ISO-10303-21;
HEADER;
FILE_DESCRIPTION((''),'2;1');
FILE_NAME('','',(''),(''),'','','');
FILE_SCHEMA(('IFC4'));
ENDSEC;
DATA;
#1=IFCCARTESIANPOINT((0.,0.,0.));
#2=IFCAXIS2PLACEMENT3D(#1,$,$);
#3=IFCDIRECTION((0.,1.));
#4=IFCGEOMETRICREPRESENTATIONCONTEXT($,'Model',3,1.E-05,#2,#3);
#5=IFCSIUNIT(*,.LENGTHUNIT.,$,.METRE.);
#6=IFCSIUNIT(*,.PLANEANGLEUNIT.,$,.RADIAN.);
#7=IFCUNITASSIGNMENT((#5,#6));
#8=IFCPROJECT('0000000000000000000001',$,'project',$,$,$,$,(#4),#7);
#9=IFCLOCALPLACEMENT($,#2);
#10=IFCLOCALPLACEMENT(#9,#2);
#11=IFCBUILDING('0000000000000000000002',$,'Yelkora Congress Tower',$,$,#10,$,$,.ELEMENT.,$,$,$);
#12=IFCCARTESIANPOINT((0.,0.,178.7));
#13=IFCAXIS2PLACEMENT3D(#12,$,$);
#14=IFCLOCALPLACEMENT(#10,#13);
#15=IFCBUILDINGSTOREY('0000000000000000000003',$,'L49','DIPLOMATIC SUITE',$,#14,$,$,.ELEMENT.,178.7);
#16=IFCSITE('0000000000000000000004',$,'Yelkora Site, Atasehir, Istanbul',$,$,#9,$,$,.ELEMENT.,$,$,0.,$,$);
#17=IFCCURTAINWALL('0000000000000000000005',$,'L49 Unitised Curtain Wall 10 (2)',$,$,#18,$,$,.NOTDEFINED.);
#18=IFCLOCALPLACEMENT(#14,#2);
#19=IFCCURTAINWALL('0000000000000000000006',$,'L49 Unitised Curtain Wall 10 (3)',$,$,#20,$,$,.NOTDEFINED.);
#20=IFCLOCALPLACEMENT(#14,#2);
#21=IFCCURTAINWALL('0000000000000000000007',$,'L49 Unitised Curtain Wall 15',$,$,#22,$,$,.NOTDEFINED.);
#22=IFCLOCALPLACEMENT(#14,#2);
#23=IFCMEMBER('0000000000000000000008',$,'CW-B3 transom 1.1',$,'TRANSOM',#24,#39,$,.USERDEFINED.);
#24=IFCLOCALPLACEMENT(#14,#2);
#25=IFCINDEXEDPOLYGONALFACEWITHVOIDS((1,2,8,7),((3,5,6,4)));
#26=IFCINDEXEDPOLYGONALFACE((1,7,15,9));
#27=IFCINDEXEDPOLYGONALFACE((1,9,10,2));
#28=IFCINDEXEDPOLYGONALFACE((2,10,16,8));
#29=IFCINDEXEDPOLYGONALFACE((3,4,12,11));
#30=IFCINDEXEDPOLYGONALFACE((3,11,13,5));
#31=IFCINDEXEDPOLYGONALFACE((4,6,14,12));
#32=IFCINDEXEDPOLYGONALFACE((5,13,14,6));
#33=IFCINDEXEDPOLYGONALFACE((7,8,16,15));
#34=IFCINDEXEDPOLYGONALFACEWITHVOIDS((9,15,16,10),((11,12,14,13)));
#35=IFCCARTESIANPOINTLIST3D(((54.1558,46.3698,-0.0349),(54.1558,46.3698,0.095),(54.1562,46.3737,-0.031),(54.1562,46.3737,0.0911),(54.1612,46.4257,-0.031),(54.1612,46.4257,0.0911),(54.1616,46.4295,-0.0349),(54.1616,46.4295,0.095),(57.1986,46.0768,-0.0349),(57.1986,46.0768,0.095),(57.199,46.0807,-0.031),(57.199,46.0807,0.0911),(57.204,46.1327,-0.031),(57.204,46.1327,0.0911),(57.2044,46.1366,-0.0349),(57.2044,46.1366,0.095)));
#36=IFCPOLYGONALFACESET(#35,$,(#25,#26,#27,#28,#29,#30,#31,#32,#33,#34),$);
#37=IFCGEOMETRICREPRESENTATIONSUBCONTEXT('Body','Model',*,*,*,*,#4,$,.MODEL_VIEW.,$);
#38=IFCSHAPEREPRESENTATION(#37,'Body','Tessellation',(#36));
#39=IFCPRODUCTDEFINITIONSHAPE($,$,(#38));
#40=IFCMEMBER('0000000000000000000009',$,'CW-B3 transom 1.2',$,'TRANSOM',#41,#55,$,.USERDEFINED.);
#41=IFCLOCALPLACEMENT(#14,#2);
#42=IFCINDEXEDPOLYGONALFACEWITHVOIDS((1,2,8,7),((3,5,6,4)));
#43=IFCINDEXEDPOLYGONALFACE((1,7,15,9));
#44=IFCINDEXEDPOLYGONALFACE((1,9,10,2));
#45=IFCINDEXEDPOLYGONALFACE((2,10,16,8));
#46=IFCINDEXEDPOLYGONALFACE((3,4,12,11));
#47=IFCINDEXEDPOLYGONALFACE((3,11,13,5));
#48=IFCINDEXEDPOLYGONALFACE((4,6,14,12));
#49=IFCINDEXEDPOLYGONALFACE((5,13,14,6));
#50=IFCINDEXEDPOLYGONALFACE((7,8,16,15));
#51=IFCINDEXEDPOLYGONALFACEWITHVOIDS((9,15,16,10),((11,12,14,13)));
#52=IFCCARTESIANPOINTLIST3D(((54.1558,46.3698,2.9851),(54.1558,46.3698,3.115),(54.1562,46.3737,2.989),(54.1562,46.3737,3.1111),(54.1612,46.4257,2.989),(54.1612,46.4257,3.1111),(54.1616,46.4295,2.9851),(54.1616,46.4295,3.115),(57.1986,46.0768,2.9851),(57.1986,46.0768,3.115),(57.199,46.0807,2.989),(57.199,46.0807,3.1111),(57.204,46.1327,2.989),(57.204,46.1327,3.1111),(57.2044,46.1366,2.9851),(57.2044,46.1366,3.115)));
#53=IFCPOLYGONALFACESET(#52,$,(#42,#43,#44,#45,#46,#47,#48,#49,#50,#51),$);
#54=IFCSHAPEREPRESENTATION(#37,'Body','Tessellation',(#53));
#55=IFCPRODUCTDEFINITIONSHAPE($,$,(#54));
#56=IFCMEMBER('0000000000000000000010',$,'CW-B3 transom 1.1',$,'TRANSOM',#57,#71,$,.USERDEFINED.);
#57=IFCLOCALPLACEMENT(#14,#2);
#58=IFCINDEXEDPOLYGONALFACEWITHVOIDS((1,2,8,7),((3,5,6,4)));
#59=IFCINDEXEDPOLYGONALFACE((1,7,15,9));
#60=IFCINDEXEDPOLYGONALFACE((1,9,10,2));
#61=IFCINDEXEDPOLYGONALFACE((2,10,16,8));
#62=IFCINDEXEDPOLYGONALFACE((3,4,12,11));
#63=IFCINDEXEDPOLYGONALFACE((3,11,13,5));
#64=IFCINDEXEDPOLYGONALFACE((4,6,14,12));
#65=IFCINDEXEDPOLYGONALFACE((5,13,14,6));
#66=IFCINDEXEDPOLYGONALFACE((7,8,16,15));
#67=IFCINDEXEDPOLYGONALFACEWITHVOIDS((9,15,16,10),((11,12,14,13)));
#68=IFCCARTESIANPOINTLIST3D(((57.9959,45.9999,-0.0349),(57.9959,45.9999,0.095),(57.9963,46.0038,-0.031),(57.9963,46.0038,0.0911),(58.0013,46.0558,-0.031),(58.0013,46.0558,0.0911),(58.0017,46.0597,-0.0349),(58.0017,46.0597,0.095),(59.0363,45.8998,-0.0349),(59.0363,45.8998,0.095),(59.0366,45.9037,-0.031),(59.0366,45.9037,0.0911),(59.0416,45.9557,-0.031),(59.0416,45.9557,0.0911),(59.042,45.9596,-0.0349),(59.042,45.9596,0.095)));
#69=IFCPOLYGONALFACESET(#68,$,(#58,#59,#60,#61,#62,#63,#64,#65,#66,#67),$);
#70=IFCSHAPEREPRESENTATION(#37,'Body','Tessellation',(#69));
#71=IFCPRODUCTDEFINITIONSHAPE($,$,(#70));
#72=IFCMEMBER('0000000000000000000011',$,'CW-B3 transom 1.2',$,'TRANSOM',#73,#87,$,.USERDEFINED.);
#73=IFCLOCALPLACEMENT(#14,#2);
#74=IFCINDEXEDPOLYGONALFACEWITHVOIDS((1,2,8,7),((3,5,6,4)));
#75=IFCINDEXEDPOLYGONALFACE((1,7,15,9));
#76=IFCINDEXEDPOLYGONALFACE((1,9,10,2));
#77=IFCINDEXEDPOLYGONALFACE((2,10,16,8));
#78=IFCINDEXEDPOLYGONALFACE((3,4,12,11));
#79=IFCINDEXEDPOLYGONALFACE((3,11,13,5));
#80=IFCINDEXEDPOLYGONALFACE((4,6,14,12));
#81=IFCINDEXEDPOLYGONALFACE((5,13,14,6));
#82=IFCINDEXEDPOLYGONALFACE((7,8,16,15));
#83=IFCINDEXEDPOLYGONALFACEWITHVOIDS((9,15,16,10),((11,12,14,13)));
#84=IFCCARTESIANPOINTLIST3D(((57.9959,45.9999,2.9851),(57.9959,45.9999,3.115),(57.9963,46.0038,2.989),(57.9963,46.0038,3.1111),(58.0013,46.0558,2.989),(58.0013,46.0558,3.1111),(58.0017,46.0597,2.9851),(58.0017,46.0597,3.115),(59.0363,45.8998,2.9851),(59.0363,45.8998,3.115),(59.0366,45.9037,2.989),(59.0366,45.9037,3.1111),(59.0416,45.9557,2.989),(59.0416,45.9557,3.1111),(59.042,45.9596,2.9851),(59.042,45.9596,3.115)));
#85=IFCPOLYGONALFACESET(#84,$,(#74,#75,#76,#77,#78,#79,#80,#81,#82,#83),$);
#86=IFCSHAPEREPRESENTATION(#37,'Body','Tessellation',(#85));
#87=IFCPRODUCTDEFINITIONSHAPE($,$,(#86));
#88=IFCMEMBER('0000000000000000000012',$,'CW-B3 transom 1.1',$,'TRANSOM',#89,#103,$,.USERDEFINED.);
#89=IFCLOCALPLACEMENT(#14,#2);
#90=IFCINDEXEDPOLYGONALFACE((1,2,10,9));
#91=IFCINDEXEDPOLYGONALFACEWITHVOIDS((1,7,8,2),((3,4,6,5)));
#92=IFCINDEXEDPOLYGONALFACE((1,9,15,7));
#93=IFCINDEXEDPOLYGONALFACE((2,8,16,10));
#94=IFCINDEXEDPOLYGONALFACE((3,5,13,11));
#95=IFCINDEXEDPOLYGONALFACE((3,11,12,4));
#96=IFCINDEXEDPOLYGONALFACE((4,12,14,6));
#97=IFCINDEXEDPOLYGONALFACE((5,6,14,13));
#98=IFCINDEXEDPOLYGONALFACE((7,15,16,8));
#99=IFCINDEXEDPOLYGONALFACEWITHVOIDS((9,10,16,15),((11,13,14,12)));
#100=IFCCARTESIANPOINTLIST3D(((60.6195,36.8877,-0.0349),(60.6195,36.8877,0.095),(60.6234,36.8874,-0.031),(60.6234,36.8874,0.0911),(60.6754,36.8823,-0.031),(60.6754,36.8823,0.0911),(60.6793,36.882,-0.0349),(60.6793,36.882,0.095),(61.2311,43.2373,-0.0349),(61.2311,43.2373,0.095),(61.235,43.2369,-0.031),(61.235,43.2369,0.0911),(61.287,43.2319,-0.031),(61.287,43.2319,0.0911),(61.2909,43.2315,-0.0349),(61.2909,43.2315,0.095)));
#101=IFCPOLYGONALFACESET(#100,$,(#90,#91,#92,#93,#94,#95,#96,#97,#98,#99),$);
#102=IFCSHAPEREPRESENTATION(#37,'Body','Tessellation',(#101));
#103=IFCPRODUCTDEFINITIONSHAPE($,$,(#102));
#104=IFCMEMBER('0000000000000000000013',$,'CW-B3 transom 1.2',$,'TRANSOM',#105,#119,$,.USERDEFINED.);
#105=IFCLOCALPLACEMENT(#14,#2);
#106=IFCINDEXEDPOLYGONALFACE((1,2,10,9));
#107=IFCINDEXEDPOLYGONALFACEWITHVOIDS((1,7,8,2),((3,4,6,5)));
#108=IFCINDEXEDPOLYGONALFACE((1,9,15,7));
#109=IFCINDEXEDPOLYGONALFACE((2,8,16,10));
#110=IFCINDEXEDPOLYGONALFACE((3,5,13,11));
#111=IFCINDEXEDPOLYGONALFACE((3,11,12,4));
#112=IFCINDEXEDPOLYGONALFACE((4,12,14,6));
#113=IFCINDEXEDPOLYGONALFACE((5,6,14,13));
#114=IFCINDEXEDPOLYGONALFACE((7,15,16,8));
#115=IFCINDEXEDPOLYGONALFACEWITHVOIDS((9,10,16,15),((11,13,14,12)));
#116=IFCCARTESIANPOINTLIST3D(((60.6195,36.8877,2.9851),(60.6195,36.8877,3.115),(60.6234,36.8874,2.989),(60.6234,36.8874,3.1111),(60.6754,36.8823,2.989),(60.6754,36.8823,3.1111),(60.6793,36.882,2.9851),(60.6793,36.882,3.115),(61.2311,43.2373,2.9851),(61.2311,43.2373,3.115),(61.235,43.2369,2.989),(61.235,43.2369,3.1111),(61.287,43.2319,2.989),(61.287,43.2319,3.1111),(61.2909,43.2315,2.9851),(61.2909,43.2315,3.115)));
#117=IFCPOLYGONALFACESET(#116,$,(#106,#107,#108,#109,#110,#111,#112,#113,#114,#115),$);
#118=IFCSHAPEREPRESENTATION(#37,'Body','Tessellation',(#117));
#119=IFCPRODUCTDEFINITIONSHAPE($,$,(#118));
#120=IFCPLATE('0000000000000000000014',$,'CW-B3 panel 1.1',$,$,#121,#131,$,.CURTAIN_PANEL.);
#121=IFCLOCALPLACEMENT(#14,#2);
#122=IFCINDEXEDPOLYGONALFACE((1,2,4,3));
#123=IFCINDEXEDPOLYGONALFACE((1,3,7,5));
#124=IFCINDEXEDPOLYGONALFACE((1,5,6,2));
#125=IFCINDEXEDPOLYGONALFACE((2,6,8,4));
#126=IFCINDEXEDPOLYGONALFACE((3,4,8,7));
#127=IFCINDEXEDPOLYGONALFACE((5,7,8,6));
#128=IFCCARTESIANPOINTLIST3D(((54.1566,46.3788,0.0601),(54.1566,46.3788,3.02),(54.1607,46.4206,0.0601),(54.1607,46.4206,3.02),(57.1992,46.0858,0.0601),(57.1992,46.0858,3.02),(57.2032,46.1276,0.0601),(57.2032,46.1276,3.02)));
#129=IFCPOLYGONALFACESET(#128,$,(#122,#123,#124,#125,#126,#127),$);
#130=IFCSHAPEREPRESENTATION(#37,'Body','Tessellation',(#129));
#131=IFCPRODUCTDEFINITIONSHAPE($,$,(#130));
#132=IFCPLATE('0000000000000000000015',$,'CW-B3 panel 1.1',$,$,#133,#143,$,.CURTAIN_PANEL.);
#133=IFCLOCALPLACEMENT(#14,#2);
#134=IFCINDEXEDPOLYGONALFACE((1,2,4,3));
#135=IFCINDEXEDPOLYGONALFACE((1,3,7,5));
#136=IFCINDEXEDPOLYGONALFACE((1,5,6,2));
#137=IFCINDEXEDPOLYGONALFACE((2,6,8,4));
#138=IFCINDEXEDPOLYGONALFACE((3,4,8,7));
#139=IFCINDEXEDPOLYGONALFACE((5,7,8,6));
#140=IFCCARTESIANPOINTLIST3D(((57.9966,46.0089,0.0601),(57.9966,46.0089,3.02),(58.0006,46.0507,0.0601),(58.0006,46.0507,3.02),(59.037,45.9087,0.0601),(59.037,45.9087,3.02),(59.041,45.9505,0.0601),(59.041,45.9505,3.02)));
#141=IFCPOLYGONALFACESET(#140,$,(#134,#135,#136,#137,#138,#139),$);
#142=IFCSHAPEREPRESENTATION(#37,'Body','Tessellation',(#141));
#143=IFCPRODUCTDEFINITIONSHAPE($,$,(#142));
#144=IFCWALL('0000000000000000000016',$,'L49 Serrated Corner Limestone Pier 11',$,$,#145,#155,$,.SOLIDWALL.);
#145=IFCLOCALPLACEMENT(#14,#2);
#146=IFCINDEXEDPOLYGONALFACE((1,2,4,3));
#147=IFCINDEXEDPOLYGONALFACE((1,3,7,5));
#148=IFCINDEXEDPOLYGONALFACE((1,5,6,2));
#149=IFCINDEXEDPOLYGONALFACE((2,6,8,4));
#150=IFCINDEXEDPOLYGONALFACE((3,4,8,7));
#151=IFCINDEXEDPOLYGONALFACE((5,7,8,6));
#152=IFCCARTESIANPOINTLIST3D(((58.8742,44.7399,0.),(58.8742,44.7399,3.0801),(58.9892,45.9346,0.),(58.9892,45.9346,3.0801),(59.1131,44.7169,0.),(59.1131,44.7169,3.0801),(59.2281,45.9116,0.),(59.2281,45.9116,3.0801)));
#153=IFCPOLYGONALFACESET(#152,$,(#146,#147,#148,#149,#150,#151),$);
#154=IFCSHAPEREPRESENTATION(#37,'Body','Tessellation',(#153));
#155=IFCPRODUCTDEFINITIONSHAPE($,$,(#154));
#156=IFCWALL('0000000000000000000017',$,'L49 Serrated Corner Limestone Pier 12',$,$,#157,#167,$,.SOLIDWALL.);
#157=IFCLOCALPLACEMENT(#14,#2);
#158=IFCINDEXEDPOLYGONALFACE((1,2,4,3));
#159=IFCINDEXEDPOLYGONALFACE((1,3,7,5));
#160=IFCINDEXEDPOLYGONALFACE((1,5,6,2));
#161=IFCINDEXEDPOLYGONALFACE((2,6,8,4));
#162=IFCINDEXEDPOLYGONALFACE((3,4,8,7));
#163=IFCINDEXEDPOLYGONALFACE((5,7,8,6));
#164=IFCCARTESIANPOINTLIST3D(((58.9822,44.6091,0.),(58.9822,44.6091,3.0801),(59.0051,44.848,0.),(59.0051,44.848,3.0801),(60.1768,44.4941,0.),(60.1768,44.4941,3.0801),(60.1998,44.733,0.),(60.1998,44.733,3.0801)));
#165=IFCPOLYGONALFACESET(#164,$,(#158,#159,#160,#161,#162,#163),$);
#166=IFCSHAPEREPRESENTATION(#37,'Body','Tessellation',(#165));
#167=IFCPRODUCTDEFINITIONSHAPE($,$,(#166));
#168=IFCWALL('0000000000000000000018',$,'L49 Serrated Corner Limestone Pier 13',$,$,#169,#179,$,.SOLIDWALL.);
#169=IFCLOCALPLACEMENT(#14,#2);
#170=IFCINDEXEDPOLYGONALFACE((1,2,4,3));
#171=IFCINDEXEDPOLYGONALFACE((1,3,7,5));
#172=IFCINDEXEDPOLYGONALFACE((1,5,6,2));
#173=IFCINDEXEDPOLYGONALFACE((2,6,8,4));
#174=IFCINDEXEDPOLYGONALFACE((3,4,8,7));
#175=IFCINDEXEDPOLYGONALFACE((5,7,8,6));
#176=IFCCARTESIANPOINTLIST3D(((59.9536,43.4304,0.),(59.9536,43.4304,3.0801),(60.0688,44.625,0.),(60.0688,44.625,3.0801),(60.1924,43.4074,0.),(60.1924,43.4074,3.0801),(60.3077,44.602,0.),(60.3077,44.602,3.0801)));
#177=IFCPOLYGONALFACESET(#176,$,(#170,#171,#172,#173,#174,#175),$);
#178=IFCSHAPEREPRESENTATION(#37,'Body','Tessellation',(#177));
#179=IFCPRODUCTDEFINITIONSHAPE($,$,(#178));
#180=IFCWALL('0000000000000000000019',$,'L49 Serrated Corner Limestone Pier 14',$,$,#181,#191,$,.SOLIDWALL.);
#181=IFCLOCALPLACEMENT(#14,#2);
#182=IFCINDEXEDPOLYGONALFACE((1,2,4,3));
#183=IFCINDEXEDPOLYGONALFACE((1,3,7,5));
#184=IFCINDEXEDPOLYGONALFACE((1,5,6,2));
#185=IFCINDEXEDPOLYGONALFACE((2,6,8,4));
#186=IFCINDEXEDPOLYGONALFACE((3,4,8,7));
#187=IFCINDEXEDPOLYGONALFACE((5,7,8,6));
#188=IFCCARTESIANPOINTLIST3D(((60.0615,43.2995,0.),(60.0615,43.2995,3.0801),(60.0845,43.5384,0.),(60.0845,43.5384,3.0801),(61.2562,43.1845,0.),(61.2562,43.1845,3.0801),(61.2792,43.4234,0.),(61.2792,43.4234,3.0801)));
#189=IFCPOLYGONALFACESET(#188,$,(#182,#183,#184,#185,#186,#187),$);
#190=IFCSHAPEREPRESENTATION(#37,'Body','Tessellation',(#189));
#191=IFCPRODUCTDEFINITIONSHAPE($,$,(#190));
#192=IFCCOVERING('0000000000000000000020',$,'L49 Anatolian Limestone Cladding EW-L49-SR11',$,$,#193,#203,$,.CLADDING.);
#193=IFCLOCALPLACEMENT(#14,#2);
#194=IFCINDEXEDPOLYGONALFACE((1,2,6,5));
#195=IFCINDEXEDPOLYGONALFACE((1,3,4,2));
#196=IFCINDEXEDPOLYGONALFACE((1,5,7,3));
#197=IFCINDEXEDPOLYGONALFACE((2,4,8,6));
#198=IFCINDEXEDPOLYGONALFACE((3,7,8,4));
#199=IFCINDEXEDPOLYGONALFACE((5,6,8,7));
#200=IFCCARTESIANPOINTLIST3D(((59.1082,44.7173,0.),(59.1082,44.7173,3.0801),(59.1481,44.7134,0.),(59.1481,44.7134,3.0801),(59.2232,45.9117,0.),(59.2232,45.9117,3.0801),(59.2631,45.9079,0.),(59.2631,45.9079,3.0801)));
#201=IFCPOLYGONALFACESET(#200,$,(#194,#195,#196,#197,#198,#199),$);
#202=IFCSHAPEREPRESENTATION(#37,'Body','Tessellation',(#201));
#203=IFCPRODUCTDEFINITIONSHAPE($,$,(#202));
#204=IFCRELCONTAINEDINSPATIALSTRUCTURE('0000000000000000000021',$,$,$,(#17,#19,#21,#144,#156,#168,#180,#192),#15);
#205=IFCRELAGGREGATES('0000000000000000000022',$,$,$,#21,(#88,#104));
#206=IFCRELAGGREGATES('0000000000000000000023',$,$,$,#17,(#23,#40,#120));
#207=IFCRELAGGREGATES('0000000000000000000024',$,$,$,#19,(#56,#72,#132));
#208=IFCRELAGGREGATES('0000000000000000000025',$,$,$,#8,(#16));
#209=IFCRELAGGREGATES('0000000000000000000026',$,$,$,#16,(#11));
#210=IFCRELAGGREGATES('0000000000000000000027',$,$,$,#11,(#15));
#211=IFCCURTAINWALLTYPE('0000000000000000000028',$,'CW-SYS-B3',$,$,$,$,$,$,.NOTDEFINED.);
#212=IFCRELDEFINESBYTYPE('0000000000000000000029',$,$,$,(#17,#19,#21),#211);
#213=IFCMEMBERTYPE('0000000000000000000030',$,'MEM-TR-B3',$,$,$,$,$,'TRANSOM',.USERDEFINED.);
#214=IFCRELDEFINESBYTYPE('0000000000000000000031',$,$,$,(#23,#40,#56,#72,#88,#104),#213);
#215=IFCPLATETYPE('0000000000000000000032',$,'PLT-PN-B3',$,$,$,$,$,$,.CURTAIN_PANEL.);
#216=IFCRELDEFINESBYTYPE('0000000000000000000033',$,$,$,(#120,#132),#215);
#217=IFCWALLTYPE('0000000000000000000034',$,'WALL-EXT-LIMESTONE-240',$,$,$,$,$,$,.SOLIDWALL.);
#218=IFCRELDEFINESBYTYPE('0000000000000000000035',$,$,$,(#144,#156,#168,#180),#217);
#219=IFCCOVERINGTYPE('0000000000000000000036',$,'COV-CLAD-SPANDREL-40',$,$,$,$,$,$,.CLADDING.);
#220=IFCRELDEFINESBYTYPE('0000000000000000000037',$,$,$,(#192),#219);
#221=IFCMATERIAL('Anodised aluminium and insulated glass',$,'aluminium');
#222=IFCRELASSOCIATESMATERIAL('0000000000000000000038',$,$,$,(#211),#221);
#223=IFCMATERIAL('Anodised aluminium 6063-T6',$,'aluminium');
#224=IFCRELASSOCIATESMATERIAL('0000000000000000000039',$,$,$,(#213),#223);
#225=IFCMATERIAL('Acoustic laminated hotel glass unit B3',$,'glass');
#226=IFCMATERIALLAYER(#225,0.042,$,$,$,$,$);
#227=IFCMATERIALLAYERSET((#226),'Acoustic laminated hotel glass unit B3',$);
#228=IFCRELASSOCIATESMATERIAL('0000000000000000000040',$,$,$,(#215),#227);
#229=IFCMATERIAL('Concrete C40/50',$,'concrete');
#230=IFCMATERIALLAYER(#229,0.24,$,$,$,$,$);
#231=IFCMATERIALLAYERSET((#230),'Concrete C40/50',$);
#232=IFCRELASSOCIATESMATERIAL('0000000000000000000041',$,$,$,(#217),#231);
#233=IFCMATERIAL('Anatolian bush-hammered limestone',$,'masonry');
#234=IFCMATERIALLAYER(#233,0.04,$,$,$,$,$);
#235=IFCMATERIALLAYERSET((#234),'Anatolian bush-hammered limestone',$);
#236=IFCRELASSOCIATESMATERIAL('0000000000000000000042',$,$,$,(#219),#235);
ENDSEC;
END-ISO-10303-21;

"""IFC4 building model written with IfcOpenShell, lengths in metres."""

from ifc_helpers import new_model, si_unit, direction, frame, frame_2d, origin, origin_2d, place, context, subcontext, project, spatial, rectangle, hollow_rectangle, extrude, material, layer, layer_set, material_profile, profile_set, type_object, element, aggregate, save


model = new_model("IFC4")

# Units and contexts
model_context = context("Model", 3, precision=1e-05, world=origin(), true_north=direction((0.0, 1.0)))
body_context = subcontext(model_context, "Body", "Model", "MODEL_VIEW")
ifc_project = project(units=[si_unit("LENGTHUNIT", "METRE"), si_unit("PLANEANGLEUNIT", "RADIAN")], contexts=[model_context])

# Site, building, storey
site_placement = place(None, origin())
site = spatial("IfcSite", under=ifc_project, at=site_placement, Name="Yelkora Site, Atasehir, Istanbul", CompositionType="ELEMENT", RefElevation=0.0)
building_placement = place(site_placement, origin())
building = spatial("IfcBuilding", under=site, at=building_placement, Name="Yelkora Congress Tower", CompositionType="ELEMENT")
storey_placement = place(building_placement, frame((0.0, 0.0, 178.7)))
storey = spatial("IfcBuildingStorey", under=building, at=storey_placement, Name="L49", Description="DIPLOMATIC SUITE", CompositionType="ELEMENT", Elevation=178.7)

# Shared definitions
ifc_material_1 = material(Name="Anodised aluminium and insulated glass", Category="aluminium")
curtain_wall_type = type_object("IfcCurtainWallType", Name="CW-SYS-B3", PredefinedType="NOTDEFINED", material=ifc_material_1)
ifc_material_2 = material(Name="Anodised aluminium 6063-T6", Category="aluminium")

# Curtain walls
curtain_wall_1_placement = place(storey_placement, origin())
curtain_wall_1 = element("IfcCurtainWall", 1, at=curtain_wall_1_placement, inside=storey, type_object=curtain_wall_type, Name="L49 Unitised Curtain Wall 10 (2)", PredefinedType="NOTDEFINED")
curtain_wall_2_placement = place(storey_placement, origin())
curtain_wall_2 = element("IfcCurtainWall", 2, at=curtain_wall_2_placement, inside=storey, type_object=curtain_wall_type, Name="L49 Unitised Curtain Wall 10 (3)", PredefinedType="NOTDEFINED")

# Curtain wall
curtain_wall_3_placement = place(storey_placement, origin())
curtain_wall_3 = element("IfcCurtainWall", 3, at=curtain_wall_3_placement, inside=storey, type_object=curtain_wall_type, Name="L49 Unitised Curtain Wall 15", PredefinedType="NOTDEFINED")

# Members
ifc_material_profile_1 = material_profile(ifc_material_2, hollow_rectangle(XDim=0.0601, YDim=0.1299, WallThickness=0.0039, at=origin_2d()), Name="ALU 60x130x4")
ifc_profile_set_1 = profile_set([ifc_material_profile_1], Name="Anodised aluminium 6063-T6")
member_type_1 = type_object("IfcMemberType", Name="MEM-TR-B3", ElementType="TRANSOM", PredefinedType="USERDEFINED", material=ifc_profile_set_1)
member_1_placement = place(storey_placement, frame((54.1587, 46.3997, 0.03), z_axis=(0.995397, -0.095842, 0.0), x_axis=(0.095842, 0.995397, 0.0)))
member_1 = element("IfcMember", 4, at=member_1_placement, type_object=member_type_1, Name="CW-B3 transom 1.1", ObjectType="TRANSOM", PredefinedType="USERDEFINED", context=body_context, shape_type="SweptSolid", body=[
    extrude(hollow_rectangle(XDim=0.0601, YDim=0.1299, WallThickness=0.0039, at=origin_2d()), origin(), (0.0, 0.0, 1.0), 3.0569),
])
member_2_placement = place(storey_placement, frame((54.1587, 46.3997, 3.05), z_axis=(0.995397, -0.095842, 0.0), x_axis=(0.095842, 0.995397, 0.0)))
member_2 = element("IfcMember", 5, at=member_2_placement, type_object=member_type_1, Name="CW-B3 transom 1.2", ObjectType="TRANSOM", PredefinedType="USERDEFINED", context=body_context, shape_type="SweptSolid", body=[
    extrude(hollow_rectangle(XDim=0.0601, YDim=0.1299, WallThickness=0.0039, at=origin_2d()), origin(), (0.0, 0.0, 1.0), 3.0569),
])
member_3_placement = place(storey_placement, frame((57.9988, 46.0298, 0.03), z_axis=(0.995403, -0.095779, 0.0), x_axis=(0.095779, 0.995403, 0.0)))
member_3 = element("IfcMember", 6, at=member_3_placement, type_object=member_type_1, Name="CW-B3 transom 1.1", ObjectType="TRANSOM", PredefinedType="USERDEFINED", context=body_context, shape_type="SweptSolid", body=[
    extrude(hollow_rectangle(XDim=0.0601, YDim=0.1299, WallThickness=0.0039, at=origin_2d()), origin(), (0.0, 0.0, 1.0), 1.0452),
])
member_4_placement = place(storey_placement, frame((57.9988, 46.0298, 3.05), z_axis=(0.995403, -0.095779, 0.0), x_axis=(0.095779, 0.995403, 0.0)))
member_4 = element("IfcMember", 7, at=member_4_placement, type_object=member_type_1, Name="CW-B3 transom 1.2", ObjectType="TRANSOM", PredefinedType="USERDEFINED", context=body_context, shape_type="SweptSolid", body=[
    extrude(hollow_rectangle(XDim=0.0601, YDim=0.1299, WallThickness=0.0039, at=origin_2d()), origin(), (0.0, 0.0, 1.0), 1.0452),
])
member_5_placement = place(storey_placement, frame((61.261, 43.2344, 0.03), z_axis=(-0.095873, -0.995394, 0.0), x_axis=(0.995394, -0.095873, 0.0)))
member_5 = element("IfcMember", 8, at=member_5_placement, type_object=member_type_1, Name="CW-B3 transom 1.1", ObjectType="TRANSOM", PredefinedType="USERDEFINED", context=body_context, shape_type="SweptSolid", body=[
    extrude(hollow_rectangle(XDim=0.0601, YDim=0.1299, WallThickness=0.0039, at=origin_2d()), origin(), (0.0, 0.0, 1.0), 6.3789),
])
member_6_placement = place(storey_placement, frame((61.261, 43.2344, 3.05), z_axis=(-0.095873, -0.995394, 0.0), x_axis=(0.995394, -0.095873, 0.0)))
member_6 = element("IfcMember", 9, at=member_6_placement, type_object=member_type_1, Name="CW-B3 transom 1.2", ObjectType="TRANSOM", PredefinedType="USERDEFINED", context=body_context, shape_type="SweptSolid", body=[
    extrude(hollow_rectangle(XDim=0.0601, YDim=0.1299, WallThickness=0.0039, at=origin_2d()), origin(), (0.0, 0.0, 1.0), 6.3789),
])
aggregate(curtain_wall_3, [member_5, member_6])

# Plates
ifc_material_3 = material(Name="Acoustic laminated hotel glass unit B3", Category="glass")
ifc_layer_1 = layer(ifc_material_3, 0.042)
ifc_layer_set_1 = layer_set([ifc_layer_1], Name="Acoustic laminated hotel glass unit B3")
plate_type = type_object("IfcPlateType", Name="PLT-PN-B3", PredefinedType="CURTAIN_PANEL", material=ifc_layer_set_1)
plate_1_placement = place(storey_placement, frame((55.6799, 46.2532, 0.0601), z_axis=(0.0, 0.0, 1.0), x_axis=(0.995396, -0.095848, 0.0)))
plate_1 = element("IfcPlate", 10, at=plate_1_placement, type_object=plate_type, Name="CW-B3 panel 1.1", PredefinedType="CURTAIN_PANEL", context=body_context, shape_type="SweptSolid", body=[
    extrude(rectangle(XDim=3.0566, YDim=0.042, at=origin_2d()), origin(), (0.0, 0.0, 1.0), 2.96),
])
aggregate(curtain_wall_1, [member_1, member_2, plate_1])
plate_2_placement = place(storey_placement, frame((58.5188, 45.9797, 0.0601), z_axis=(0.0, 0.0, 1.0), x_axis=(0.995396, -0.095852, 0.0)))
plate_2 = element("IfcPlate", 11, at=plate_2_placement, type_object=plate_type, Name="CW-B3 panel 1.1", PredefinedType="CURTAIN_PANEL", context=body_context, shape_type="SweptSolid", body=[
    extrude(rectangle(XDim=1.0452, YDim=0.042, at=origin_2d()), origin(), (0.0, 0.0, 1.0), 2.96),
])
aggregate(curtain_wall_2, [member_3, member_4, plate_2])

# Walls
ifc_material_4 = material(Name="Concrete C40/50", Category="concrete")
ifc_layer_2 = layer(ifc_material_4, 0.24)
ifc_layer_set_2 = layer_set([ifc_layer_2], Name="Concrete C40/50")
wall_type = type_object("IfcWallType", Name="WALL-EXT-LIMESTONE-240", PredefinedType="SOLIDWALL", material=ifc_layer_set_2)
for number, where, z_axis, x_axis, name in (
    (12, (59.1086, 45.9231, 0.0), (0.0, 0.0, 1.0), (-0.095817, -0.995399, 0.0), "L49 Serrated Corner Limestone Pier 11"),
    (13, (58.9937, 44.7285, 0.0), (0.0, 0.0, 1.0), (0.995399, -0.095817, 0.0), "L49 Serrated Corner Limestone Pier 12"),
    (14, (60.1882, 44.6135, 0.0), (0.0, 0.0, 1.0), (-0.096019, -0.99538, 0.0), "L49 Serrated Corner Limestone Pier 13"),
    (15, (60.073, 43.4189, 0.0), (0.0, 0.0, 1.0), (0.995399, -0.095817, 0.0), "L49 Serrated Corner Limestone Pier 14"),
):
    element("IfcWall", number, at=place(storey_placement, frame(where, z_axis=z_axis, x_axis=x_axis)), inside=storey, type_object=wall_type, Name=name, PredefinedType="SOLIDWALL", context=body_context, shape_type="SweptSolid", body=[
        extrude(rectangle(XDim=1.2002, YDim=0.24, at=frame_2d((0.6001, 0.0))), origin(), (0.0, 0.0, 1.0), 3.0801),
    ])

# Covering
ifc_material_5 = material(Name="Anatolian bush-hammered limestone", Category="masonry")
ifc_layer_3 = layer(ifc_material_5, 0.04)
ifc_layer_set_3 = layer_set([ifc_layer_3], Name="Anatolian bush-hammered limestone")
covering_type = type_object("IfcCoveringType", Name="COV-CLAD-SPANDREL-40", PredefinedType="CLADDING", material=ifc_layer_set_3)
covering_1_placement = place(storey_placement, frame((59.2432, 45.9099, 0.0), z_axis=(0.0, 0.0, 1.0), x_axis=(-0.095836, -0.995397, 0.0)))
element("IfcCovering", 16, at=covering_1_placement, inside=storey, type_object=covering_type, Name="L49 Anatolian Limestone Cladding EW-L49-SR11", PredefinedType="CLADDING", context=body_context, shape_type="SweptSolid", body=[
    extrude(rectangle(XDim=1.2, YDim=0.04, at=frame_2d((0.6001, 0.0))), origin(), (0.0, 0.0, 1.0), 3.0801),
])

save(model, "model.ifc")
